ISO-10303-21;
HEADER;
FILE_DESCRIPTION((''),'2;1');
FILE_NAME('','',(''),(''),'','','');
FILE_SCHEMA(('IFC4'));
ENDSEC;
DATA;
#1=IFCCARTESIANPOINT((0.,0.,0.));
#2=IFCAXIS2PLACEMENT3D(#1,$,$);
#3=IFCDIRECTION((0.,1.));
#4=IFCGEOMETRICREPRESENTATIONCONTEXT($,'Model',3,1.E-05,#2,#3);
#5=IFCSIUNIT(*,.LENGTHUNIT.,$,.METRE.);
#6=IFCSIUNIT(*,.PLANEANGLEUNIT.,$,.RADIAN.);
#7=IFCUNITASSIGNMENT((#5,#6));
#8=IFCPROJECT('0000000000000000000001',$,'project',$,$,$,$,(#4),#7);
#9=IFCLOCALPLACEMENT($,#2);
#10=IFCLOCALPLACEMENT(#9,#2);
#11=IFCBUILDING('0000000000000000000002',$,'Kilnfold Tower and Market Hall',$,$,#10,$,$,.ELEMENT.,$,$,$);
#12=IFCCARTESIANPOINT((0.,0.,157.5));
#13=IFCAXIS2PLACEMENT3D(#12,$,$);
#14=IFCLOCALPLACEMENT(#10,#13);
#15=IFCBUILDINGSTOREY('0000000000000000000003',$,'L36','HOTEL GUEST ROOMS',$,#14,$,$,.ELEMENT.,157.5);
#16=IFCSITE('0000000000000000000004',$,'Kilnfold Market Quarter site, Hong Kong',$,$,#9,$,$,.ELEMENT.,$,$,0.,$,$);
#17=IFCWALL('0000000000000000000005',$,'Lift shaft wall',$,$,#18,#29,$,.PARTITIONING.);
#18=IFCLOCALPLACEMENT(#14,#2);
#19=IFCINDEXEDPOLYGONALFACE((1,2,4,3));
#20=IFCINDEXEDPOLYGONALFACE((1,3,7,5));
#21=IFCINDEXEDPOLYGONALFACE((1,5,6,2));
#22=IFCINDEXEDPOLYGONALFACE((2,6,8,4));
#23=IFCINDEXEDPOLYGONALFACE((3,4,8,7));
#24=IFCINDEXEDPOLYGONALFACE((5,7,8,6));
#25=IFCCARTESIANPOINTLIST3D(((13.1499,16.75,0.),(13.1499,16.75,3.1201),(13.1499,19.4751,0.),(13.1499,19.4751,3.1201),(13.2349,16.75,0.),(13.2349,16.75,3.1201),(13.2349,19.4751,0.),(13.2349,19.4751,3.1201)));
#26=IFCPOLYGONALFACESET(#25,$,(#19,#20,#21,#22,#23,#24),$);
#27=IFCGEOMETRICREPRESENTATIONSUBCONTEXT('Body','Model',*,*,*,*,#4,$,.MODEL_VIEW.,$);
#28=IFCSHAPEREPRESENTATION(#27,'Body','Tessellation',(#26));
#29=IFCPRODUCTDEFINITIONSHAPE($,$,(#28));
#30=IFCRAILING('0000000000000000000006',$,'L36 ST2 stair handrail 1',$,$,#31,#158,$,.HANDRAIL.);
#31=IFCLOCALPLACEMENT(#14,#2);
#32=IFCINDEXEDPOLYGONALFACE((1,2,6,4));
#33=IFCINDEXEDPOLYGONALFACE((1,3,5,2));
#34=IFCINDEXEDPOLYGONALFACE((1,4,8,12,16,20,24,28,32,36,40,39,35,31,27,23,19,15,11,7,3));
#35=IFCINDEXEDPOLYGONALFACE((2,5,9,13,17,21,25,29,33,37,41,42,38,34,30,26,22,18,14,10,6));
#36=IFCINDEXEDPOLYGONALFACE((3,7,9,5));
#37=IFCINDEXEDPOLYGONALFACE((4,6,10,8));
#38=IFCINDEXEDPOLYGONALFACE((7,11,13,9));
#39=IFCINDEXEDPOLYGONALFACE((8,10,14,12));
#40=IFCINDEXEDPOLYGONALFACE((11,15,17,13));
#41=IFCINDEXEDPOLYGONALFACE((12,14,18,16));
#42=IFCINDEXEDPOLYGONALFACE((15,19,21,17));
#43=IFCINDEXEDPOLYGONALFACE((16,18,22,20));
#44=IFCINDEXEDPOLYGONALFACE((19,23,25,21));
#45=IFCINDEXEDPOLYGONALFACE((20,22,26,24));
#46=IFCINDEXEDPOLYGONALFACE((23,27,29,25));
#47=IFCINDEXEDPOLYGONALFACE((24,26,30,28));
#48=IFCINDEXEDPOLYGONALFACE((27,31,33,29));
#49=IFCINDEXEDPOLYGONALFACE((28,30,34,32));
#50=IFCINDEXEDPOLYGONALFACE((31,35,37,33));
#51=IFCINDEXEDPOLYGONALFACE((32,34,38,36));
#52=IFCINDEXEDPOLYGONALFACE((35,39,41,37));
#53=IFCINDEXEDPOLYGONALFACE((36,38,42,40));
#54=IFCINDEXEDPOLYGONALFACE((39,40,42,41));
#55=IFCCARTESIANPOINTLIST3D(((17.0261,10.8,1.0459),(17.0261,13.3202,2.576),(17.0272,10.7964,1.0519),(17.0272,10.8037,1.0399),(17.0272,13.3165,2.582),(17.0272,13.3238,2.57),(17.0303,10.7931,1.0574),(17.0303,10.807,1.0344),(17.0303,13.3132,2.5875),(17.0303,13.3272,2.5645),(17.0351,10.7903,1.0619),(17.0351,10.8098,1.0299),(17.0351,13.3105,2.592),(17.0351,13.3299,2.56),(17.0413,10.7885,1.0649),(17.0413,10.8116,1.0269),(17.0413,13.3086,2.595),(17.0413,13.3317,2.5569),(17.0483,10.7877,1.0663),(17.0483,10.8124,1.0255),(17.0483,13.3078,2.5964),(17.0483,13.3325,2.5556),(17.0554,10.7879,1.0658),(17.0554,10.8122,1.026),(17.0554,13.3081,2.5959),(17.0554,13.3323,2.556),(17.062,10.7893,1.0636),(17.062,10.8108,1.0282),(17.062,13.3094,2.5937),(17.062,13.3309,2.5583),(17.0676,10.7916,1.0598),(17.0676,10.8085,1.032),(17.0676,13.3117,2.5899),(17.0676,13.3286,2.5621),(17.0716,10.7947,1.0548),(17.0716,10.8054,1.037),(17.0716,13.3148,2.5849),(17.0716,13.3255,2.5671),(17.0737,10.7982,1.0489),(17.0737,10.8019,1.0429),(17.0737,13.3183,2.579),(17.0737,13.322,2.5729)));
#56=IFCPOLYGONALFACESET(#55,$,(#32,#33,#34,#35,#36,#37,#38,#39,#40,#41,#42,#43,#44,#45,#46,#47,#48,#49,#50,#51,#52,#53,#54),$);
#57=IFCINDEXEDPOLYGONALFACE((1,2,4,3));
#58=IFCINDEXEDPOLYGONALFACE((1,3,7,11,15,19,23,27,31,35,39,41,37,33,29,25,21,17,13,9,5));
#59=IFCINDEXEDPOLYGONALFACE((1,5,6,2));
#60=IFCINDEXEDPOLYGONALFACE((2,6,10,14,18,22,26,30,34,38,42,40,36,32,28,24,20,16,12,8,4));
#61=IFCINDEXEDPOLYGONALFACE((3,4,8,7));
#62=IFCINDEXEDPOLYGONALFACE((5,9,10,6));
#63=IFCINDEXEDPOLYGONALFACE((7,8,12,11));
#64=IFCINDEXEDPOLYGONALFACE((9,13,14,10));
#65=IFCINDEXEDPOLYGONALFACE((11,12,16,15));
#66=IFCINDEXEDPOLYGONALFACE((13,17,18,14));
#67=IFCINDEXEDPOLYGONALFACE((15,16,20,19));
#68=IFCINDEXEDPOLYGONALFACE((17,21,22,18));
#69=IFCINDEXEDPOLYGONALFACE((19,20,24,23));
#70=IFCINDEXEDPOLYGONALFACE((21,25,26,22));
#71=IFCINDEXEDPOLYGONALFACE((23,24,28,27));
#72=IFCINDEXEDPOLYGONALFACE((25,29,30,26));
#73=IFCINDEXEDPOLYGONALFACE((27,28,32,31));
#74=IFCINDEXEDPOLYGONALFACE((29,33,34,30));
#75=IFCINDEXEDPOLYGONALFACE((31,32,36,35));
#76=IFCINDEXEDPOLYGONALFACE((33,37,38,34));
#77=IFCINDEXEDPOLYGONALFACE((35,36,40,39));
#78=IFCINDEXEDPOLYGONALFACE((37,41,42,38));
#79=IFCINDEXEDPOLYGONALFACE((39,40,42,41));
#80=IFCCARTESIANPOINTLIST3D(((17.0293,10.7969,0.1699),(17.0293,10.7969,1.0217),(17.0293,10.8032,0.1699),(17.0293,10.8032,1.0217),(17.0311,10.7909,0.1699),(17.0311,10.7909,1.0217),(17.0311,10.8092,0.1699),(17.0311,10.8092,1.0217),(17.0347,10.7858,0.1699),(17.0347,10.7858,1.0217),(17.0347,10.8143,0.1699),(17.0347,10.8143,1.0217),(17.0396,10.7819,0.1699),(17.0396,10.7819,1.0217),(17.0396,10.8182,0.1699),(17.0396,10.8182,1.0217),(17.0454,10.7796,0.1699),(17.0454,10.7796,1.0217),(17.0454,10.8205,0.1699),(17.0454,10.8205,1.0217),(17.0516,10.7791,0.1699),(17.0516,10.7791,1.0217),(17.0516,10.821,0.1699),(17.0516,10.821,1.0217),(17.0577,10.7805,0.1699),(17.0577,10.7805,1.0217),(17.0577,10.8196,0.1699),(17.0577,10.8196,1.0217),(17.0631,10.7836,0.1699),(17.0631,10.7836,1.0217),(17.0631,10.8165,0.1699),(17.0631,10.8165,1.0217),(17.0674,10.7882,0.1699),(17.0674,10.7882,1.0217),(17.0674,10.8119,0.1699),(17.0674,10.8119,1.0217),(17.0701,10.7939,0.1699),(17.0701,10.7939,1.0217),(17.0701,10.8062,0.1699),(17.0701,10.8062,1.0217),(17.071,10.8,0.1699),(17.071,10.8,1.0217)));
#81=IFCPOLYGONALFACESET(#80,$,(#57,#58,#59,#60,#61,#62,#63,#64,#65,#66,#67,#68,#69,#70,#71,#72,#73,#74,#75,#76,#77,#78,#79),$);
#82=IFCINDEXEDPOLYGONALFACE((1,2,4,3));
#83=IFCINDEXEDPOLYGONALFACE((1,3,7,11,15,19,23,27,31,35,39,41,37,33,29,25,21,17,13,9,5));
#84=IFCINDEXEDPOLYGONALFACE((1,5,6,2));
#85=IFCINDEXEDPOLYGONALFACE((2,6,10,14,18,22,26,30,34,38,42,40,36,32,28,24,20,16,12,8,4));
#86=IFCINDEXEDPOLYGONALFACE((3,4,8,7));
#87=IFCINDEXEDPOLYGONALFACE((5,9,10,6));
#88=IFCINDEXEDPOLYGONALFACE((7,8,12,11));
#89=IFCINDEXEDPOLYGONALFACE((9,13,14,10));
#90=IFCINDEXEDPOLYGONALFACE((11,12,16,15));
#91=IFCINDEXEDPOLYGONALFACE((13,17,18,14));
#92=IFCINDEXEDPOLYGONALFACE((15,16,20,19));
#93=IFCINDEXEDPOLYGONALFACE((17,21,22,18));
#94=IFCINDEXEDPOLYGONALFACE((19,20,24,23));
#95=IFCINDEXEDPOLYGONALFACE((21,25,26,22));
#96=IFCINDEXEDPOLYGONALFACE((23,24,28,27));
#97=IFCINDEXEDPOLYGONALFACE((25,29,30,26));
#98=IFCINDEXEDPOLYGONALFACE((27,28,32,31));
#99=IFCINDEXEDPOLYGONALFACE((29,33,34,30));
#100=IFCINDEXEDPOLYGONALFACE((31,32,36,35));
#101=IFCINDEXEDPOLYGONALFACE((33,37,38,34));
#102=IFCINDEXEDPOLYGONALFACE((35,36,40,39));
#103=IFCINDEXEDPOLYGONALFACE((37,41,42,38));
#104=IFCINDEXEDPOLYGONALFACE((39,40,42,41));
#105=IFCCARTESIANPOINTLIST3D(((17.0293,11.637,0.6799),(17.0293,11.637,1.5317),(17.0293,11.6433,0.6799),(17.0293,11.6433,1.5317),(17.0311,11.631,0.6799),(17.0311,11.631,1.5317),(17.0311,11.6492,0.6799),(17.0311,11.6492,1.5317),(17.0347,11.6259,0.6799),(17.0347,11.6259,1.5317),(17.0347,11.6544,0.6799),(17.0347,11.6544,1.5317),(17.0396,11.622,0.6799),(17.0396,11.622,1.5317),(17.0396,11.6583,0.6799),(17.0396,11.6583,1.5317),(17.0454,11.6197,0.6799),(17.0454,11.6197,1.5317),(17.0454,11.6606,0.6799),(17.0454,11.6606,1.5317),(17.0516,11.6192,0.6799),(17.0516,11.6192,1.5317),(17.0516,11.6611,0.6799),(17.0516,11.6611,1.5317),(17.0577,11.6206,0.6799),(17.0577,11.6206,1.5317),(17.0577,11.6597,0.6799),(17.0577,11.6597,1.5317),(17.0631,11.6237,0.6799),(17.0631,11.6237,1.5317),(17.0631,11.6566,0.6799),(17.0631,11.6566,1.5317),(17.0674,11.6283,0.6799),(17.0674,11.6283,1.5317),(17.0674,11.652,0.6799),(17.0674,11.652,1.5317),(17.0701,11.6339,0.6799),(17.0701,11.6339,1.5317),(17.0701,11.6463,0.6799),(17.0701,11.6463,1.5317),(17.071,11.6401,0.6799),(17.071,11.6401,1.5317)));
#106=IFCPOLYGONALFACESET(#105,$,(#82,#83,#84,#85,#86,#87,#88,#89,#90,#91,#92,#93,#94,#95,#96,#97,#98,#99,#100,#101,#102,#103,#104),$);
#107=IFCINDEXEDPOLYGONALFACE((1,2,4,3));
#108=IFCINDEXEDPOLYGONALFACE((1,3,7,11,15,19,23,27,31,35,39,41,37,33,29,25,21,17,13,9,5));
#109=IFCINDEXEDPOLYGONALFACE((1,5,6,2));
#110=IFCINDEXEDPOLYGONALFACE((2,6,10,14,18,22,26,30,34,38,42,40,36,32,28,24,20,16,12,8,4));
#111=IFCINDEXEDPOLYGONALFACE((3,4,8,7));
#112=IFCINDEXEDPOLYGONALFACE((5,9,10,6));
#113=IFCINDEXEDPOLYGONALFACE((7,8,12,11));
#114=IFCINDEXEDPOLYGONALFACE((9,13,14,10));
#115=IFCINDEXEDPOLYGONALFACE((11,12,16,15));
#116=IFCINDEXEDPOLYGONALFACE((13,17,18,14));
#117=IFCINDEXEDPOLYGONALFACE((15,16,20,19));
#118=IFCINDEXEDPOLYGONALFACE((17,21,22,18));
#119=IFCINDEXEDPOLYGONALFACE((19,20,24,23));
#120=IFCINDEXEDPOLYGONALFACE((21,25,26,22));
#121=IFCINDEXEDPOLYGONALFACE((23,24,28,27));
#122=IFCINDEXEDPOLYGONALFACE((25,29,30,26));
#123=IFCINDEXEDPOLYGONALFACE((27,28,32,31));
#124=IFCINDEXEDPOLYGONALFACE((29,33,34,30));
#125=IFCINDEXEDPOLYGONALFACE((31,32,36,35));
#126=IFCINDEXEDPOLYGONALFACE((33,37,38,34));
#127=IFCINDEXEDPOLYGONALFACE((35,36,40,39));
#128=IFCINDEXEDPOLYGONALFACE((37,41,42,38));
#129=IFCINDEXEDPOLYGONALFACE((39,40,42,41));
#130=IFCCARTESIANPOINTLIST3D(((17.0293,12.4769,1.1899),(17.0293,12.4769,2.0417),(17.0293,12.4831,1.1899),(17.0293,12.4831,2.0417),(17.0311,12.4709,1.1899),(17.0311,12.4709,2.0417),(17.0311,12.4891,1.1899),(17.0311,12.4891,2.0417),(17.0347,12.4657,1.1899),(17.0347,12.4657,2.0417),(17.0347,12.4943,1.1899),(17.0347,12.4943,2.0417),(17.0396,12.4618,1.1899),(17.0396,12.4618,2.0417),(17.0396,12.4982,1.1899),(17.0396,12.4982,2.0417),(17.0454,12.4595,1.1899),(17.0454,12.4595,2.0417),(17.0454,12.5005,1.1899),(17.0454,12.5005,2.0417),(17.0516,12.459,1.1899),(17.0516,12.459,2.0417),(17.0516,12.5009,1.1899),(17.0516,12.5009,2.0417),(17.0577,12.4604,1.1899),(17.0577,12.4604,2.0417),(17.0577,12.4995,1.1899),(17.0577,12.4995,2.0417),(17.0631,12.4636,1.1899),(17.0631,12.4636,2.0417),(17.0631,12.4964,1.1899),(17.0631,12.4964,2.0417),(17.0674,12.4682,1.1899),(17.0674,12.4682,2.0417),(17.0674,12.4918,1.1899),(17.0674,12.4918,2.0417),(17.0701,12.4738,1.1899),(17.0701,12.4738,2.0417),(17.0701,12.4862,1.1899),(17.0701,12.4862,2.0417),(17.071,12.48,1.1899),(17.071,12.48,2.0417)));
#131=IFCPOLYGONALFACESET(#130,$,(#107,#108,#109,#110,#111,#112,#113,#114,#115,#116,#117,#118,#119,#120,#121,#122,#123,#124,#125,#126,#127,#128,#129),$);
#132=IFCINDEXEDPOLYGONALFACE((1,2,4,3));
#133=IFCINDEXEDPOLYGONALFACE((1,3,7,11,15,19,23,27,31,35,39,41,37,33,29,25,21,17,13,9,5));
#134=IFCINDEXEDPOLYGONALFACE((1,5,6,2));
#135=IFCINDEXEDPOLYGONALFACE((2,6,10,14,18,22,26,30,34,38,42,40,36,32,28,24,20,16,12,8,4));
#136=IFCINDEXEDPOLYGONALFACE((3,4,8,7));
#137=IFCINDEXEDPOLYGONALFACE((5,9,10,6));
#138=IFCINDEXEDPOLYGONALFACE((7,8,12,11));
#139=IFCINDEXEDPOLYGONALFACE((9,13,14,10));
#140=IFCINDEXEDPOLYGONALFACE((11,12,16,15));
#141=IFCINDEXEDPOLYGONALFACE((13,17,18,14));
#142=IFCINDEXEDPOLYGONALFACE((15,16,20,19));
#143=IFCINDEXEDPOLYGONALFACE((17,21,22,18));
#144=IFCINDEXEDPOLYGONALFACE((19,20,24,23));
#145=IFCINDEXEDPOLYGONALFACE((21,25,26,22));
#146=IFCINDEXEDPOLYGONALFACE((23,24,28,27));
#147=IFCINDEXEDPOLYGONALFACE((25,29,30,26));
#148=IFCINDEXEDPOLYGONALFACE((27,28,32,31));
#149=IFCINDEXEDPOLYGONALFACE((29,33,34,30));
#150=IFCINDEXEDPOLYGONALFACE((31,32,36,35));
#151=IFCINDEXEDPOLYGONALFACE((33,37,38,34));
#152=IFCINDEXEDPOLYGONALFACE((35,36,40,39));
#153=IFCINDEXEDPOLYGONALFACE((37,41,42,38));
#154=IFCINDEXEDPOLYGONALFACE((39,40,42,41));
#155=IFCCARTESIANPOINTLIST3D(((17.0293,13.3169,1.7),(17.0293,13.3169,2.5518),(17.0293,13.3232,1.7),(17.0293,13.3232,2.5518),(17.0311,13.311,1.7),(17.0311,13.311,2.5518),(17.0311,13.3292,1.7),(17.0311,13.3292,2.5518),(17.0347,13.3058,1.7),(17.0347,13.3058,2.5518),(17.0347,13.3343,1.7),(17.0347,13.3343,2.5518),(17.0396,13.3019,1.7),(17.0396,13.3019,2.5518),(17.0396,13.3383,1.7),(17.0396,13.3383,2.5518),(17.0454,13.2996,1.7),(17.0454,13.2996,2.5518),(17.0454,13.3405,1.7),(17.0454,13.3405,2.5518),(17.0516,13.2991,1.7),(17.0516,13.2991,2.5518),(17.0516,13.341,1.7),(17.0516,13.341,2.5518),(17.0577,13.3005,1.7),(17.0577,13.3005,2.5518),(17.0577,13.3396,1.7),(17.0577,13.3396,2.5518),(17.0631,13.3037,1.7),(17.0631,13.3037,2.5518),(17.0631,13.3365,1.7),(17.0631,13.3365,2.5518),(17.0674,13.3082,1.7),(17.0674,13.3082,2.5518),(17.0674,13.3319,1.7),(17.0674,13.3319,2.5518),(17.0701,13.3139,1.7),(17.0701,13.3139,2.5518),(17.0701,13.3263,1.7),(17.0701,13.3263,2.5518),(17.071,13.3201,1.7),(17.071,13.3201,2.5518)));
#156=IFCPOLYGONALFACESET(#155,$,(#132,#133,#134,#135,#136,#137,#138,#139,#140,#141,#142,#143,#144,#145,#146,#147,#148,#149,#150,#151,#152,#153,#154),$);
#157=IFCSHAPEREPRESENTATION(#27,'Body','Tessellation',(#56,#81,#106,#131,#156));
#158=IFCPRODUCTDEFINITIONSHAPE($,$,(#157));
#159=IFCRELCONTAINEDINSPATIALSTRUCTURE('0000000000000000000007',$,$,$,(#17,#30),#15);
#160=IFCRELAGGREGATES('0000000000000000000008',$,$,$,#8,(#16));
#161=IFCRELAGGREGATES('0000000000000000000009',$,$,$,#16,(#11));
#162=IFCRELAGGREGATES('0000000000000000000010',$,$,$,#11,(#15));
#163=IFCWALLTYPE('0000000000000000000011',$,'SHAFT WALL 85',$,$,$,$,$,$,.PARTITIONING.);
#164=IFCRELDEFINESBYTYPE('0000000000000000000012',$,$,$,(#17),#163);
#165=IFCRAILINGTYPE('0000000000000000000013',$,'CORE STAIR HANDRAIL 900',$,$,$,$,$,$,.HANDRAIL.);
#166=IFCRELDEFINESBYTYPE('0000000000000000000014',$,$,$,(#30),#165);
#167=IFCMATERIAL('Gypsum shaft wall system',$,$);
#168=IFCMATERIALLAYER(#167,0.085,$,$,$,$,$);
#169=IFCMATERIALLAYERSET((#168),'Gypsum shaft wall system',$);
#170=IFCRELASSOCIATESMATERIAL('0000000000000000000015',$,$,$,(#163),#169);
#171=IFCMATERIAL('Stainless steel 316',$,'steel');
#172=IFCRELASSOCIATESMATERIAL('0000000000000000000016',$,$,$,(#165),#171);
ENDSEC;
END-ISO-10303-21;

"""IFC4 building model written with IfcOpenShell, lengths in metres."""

from ifc_helpers import new_model, si_unit, direction, frame, frame_2d, origin, origin_2d, place, context, subcontext, project, spatial, rectangle, circle, extrude, source, transform, mapped, material, layer, layer_set, type_object, element, save


model = new_model("IFC4")

# Units and contexts
model_context = context("Model", 3, precision=1e-05, world=origin(), true_north=direction((0.0, 1.0)))
body_context = subcontext(model_context, "Body", "Model", "MODEL_VIEW")
ifc_project = project(units=[si_unit("LENGTHUNIT", "METRE"), si_unit("PLANEANGLEUNIT", "RADIAN")], contexts=[model_context])

# Site, building, storey
site_placement = place(None, origin())
site = spatial("IfcSite", under=ifc_project, at=site_placement, Name="Kilnfold Market Quarter site, Hong Kong", CompositionType="ELEMENT", RefElevation=0.0)
building_placement = place(site_placement, origin())
building = spatial("IfcBuilding", under=site, at=building_placement, Name="Kilnfold Tower and Market Hall", CompositionType="ELEMENT")
storey_placement = place(building_placement, frame((0.0, 0.0, 157.5)))
storey = spatial("IfcBuildingStorey", under=building, at=storey_placement, Name="L36", Description="HOTEL GUEST ROOMS", CompositionType="ELEMENT", Elevation=157.5)

# Wall
ifc_material_1 = material(Name="Gypsum shaft wall system")
ifc_layer_1 = layer(ifc_material_1, 0.085)
ifc_layer_set_1 = layer_set([ifc_layer_1], Name="Gypsum shaft wall system")
wall_type_1 = type_object("IfcWallType", Name="SHAFT WALL 85", PredefinedType="PARTITIONING", material=ifc_layer_set_1)
shared_shape_1 = source(origin(), body_context, "Body", "SweptSolid", [
    extrude(rectangle(XDim=2.7251, YDim=0.085, at=frame_2d((1.3625, 0.0))), origin(), (0.0, 0.0, 1.0), 3.1201),
])
wall_1_placement = place(storey_placement, frame((13.1924, 16.75, 0.0), z_axis=(0.0, 0.0, 1.0), x_axis=(0.0, 1.0, 0.0)))
element("IfcWall", 1, at=wall_1_placement, inside=storey, type_object=wall_type_1, Name="Lift shaft wall", PredefinedType="PARTITIONING", context=body_context, shape_type="MappedRepresentation", body=[
    mapped(shared_shape_1, transform((0.0, 0.0, 0.0))),
])

# Railing
ifc_material_2 = material(Name="Stainless steel 316", Category="steel")
railing_type_1 = type_object("IfcRailingType", Name="CORE STAIR HANDRAIL 900", PredefinedType="HANDRAIL", material=ifc_material_2)
railing_1_placement = place(storey_placement, frame((17.05, 10.8, 0.1699)))
element("IfcRailing", 2, at=railing_1_placement, inside=storey, type_object=railing_type_1, Name="L36 ST2 stair handrail 1", PredefinedType="HANDRAIL", context=body_context, shape_type="SweptSolid", body=[
    extrude(circle(Radius=0.0239, at=origin_2d()), frame((0.0, 0.0, 0.876), z_axis=(0.0, 0.854785, 0.518982), x_axis=(-1.0, 0.0, 0.0)), (0.0, 0.0, 1.0), 2.9482),
    extrude(circle(Radius=0.021, at=origin_2d()), origin(), (0.0, 0.0, 1.0), 0.8518),
    extrude(circle(Radius=0.021, at=origin_2d()), frame((0.0, 0.8401, 0.51)), (0.0, 0.0, 1.0), 0.8518),
    extrude(circle(Radius=0.021, at=origin_2d()), frame((0.0, 1.6799, 1.02)), (0.0, 0.0, 1.0), 0.8518),
    extrude(circle(Radius=0.021, at=origin_2d()), frame((0.0, 2.52, 1.53)), (0.0, 0.0, 1.0), 0.8518),
])

save(model, "model.ifc")
